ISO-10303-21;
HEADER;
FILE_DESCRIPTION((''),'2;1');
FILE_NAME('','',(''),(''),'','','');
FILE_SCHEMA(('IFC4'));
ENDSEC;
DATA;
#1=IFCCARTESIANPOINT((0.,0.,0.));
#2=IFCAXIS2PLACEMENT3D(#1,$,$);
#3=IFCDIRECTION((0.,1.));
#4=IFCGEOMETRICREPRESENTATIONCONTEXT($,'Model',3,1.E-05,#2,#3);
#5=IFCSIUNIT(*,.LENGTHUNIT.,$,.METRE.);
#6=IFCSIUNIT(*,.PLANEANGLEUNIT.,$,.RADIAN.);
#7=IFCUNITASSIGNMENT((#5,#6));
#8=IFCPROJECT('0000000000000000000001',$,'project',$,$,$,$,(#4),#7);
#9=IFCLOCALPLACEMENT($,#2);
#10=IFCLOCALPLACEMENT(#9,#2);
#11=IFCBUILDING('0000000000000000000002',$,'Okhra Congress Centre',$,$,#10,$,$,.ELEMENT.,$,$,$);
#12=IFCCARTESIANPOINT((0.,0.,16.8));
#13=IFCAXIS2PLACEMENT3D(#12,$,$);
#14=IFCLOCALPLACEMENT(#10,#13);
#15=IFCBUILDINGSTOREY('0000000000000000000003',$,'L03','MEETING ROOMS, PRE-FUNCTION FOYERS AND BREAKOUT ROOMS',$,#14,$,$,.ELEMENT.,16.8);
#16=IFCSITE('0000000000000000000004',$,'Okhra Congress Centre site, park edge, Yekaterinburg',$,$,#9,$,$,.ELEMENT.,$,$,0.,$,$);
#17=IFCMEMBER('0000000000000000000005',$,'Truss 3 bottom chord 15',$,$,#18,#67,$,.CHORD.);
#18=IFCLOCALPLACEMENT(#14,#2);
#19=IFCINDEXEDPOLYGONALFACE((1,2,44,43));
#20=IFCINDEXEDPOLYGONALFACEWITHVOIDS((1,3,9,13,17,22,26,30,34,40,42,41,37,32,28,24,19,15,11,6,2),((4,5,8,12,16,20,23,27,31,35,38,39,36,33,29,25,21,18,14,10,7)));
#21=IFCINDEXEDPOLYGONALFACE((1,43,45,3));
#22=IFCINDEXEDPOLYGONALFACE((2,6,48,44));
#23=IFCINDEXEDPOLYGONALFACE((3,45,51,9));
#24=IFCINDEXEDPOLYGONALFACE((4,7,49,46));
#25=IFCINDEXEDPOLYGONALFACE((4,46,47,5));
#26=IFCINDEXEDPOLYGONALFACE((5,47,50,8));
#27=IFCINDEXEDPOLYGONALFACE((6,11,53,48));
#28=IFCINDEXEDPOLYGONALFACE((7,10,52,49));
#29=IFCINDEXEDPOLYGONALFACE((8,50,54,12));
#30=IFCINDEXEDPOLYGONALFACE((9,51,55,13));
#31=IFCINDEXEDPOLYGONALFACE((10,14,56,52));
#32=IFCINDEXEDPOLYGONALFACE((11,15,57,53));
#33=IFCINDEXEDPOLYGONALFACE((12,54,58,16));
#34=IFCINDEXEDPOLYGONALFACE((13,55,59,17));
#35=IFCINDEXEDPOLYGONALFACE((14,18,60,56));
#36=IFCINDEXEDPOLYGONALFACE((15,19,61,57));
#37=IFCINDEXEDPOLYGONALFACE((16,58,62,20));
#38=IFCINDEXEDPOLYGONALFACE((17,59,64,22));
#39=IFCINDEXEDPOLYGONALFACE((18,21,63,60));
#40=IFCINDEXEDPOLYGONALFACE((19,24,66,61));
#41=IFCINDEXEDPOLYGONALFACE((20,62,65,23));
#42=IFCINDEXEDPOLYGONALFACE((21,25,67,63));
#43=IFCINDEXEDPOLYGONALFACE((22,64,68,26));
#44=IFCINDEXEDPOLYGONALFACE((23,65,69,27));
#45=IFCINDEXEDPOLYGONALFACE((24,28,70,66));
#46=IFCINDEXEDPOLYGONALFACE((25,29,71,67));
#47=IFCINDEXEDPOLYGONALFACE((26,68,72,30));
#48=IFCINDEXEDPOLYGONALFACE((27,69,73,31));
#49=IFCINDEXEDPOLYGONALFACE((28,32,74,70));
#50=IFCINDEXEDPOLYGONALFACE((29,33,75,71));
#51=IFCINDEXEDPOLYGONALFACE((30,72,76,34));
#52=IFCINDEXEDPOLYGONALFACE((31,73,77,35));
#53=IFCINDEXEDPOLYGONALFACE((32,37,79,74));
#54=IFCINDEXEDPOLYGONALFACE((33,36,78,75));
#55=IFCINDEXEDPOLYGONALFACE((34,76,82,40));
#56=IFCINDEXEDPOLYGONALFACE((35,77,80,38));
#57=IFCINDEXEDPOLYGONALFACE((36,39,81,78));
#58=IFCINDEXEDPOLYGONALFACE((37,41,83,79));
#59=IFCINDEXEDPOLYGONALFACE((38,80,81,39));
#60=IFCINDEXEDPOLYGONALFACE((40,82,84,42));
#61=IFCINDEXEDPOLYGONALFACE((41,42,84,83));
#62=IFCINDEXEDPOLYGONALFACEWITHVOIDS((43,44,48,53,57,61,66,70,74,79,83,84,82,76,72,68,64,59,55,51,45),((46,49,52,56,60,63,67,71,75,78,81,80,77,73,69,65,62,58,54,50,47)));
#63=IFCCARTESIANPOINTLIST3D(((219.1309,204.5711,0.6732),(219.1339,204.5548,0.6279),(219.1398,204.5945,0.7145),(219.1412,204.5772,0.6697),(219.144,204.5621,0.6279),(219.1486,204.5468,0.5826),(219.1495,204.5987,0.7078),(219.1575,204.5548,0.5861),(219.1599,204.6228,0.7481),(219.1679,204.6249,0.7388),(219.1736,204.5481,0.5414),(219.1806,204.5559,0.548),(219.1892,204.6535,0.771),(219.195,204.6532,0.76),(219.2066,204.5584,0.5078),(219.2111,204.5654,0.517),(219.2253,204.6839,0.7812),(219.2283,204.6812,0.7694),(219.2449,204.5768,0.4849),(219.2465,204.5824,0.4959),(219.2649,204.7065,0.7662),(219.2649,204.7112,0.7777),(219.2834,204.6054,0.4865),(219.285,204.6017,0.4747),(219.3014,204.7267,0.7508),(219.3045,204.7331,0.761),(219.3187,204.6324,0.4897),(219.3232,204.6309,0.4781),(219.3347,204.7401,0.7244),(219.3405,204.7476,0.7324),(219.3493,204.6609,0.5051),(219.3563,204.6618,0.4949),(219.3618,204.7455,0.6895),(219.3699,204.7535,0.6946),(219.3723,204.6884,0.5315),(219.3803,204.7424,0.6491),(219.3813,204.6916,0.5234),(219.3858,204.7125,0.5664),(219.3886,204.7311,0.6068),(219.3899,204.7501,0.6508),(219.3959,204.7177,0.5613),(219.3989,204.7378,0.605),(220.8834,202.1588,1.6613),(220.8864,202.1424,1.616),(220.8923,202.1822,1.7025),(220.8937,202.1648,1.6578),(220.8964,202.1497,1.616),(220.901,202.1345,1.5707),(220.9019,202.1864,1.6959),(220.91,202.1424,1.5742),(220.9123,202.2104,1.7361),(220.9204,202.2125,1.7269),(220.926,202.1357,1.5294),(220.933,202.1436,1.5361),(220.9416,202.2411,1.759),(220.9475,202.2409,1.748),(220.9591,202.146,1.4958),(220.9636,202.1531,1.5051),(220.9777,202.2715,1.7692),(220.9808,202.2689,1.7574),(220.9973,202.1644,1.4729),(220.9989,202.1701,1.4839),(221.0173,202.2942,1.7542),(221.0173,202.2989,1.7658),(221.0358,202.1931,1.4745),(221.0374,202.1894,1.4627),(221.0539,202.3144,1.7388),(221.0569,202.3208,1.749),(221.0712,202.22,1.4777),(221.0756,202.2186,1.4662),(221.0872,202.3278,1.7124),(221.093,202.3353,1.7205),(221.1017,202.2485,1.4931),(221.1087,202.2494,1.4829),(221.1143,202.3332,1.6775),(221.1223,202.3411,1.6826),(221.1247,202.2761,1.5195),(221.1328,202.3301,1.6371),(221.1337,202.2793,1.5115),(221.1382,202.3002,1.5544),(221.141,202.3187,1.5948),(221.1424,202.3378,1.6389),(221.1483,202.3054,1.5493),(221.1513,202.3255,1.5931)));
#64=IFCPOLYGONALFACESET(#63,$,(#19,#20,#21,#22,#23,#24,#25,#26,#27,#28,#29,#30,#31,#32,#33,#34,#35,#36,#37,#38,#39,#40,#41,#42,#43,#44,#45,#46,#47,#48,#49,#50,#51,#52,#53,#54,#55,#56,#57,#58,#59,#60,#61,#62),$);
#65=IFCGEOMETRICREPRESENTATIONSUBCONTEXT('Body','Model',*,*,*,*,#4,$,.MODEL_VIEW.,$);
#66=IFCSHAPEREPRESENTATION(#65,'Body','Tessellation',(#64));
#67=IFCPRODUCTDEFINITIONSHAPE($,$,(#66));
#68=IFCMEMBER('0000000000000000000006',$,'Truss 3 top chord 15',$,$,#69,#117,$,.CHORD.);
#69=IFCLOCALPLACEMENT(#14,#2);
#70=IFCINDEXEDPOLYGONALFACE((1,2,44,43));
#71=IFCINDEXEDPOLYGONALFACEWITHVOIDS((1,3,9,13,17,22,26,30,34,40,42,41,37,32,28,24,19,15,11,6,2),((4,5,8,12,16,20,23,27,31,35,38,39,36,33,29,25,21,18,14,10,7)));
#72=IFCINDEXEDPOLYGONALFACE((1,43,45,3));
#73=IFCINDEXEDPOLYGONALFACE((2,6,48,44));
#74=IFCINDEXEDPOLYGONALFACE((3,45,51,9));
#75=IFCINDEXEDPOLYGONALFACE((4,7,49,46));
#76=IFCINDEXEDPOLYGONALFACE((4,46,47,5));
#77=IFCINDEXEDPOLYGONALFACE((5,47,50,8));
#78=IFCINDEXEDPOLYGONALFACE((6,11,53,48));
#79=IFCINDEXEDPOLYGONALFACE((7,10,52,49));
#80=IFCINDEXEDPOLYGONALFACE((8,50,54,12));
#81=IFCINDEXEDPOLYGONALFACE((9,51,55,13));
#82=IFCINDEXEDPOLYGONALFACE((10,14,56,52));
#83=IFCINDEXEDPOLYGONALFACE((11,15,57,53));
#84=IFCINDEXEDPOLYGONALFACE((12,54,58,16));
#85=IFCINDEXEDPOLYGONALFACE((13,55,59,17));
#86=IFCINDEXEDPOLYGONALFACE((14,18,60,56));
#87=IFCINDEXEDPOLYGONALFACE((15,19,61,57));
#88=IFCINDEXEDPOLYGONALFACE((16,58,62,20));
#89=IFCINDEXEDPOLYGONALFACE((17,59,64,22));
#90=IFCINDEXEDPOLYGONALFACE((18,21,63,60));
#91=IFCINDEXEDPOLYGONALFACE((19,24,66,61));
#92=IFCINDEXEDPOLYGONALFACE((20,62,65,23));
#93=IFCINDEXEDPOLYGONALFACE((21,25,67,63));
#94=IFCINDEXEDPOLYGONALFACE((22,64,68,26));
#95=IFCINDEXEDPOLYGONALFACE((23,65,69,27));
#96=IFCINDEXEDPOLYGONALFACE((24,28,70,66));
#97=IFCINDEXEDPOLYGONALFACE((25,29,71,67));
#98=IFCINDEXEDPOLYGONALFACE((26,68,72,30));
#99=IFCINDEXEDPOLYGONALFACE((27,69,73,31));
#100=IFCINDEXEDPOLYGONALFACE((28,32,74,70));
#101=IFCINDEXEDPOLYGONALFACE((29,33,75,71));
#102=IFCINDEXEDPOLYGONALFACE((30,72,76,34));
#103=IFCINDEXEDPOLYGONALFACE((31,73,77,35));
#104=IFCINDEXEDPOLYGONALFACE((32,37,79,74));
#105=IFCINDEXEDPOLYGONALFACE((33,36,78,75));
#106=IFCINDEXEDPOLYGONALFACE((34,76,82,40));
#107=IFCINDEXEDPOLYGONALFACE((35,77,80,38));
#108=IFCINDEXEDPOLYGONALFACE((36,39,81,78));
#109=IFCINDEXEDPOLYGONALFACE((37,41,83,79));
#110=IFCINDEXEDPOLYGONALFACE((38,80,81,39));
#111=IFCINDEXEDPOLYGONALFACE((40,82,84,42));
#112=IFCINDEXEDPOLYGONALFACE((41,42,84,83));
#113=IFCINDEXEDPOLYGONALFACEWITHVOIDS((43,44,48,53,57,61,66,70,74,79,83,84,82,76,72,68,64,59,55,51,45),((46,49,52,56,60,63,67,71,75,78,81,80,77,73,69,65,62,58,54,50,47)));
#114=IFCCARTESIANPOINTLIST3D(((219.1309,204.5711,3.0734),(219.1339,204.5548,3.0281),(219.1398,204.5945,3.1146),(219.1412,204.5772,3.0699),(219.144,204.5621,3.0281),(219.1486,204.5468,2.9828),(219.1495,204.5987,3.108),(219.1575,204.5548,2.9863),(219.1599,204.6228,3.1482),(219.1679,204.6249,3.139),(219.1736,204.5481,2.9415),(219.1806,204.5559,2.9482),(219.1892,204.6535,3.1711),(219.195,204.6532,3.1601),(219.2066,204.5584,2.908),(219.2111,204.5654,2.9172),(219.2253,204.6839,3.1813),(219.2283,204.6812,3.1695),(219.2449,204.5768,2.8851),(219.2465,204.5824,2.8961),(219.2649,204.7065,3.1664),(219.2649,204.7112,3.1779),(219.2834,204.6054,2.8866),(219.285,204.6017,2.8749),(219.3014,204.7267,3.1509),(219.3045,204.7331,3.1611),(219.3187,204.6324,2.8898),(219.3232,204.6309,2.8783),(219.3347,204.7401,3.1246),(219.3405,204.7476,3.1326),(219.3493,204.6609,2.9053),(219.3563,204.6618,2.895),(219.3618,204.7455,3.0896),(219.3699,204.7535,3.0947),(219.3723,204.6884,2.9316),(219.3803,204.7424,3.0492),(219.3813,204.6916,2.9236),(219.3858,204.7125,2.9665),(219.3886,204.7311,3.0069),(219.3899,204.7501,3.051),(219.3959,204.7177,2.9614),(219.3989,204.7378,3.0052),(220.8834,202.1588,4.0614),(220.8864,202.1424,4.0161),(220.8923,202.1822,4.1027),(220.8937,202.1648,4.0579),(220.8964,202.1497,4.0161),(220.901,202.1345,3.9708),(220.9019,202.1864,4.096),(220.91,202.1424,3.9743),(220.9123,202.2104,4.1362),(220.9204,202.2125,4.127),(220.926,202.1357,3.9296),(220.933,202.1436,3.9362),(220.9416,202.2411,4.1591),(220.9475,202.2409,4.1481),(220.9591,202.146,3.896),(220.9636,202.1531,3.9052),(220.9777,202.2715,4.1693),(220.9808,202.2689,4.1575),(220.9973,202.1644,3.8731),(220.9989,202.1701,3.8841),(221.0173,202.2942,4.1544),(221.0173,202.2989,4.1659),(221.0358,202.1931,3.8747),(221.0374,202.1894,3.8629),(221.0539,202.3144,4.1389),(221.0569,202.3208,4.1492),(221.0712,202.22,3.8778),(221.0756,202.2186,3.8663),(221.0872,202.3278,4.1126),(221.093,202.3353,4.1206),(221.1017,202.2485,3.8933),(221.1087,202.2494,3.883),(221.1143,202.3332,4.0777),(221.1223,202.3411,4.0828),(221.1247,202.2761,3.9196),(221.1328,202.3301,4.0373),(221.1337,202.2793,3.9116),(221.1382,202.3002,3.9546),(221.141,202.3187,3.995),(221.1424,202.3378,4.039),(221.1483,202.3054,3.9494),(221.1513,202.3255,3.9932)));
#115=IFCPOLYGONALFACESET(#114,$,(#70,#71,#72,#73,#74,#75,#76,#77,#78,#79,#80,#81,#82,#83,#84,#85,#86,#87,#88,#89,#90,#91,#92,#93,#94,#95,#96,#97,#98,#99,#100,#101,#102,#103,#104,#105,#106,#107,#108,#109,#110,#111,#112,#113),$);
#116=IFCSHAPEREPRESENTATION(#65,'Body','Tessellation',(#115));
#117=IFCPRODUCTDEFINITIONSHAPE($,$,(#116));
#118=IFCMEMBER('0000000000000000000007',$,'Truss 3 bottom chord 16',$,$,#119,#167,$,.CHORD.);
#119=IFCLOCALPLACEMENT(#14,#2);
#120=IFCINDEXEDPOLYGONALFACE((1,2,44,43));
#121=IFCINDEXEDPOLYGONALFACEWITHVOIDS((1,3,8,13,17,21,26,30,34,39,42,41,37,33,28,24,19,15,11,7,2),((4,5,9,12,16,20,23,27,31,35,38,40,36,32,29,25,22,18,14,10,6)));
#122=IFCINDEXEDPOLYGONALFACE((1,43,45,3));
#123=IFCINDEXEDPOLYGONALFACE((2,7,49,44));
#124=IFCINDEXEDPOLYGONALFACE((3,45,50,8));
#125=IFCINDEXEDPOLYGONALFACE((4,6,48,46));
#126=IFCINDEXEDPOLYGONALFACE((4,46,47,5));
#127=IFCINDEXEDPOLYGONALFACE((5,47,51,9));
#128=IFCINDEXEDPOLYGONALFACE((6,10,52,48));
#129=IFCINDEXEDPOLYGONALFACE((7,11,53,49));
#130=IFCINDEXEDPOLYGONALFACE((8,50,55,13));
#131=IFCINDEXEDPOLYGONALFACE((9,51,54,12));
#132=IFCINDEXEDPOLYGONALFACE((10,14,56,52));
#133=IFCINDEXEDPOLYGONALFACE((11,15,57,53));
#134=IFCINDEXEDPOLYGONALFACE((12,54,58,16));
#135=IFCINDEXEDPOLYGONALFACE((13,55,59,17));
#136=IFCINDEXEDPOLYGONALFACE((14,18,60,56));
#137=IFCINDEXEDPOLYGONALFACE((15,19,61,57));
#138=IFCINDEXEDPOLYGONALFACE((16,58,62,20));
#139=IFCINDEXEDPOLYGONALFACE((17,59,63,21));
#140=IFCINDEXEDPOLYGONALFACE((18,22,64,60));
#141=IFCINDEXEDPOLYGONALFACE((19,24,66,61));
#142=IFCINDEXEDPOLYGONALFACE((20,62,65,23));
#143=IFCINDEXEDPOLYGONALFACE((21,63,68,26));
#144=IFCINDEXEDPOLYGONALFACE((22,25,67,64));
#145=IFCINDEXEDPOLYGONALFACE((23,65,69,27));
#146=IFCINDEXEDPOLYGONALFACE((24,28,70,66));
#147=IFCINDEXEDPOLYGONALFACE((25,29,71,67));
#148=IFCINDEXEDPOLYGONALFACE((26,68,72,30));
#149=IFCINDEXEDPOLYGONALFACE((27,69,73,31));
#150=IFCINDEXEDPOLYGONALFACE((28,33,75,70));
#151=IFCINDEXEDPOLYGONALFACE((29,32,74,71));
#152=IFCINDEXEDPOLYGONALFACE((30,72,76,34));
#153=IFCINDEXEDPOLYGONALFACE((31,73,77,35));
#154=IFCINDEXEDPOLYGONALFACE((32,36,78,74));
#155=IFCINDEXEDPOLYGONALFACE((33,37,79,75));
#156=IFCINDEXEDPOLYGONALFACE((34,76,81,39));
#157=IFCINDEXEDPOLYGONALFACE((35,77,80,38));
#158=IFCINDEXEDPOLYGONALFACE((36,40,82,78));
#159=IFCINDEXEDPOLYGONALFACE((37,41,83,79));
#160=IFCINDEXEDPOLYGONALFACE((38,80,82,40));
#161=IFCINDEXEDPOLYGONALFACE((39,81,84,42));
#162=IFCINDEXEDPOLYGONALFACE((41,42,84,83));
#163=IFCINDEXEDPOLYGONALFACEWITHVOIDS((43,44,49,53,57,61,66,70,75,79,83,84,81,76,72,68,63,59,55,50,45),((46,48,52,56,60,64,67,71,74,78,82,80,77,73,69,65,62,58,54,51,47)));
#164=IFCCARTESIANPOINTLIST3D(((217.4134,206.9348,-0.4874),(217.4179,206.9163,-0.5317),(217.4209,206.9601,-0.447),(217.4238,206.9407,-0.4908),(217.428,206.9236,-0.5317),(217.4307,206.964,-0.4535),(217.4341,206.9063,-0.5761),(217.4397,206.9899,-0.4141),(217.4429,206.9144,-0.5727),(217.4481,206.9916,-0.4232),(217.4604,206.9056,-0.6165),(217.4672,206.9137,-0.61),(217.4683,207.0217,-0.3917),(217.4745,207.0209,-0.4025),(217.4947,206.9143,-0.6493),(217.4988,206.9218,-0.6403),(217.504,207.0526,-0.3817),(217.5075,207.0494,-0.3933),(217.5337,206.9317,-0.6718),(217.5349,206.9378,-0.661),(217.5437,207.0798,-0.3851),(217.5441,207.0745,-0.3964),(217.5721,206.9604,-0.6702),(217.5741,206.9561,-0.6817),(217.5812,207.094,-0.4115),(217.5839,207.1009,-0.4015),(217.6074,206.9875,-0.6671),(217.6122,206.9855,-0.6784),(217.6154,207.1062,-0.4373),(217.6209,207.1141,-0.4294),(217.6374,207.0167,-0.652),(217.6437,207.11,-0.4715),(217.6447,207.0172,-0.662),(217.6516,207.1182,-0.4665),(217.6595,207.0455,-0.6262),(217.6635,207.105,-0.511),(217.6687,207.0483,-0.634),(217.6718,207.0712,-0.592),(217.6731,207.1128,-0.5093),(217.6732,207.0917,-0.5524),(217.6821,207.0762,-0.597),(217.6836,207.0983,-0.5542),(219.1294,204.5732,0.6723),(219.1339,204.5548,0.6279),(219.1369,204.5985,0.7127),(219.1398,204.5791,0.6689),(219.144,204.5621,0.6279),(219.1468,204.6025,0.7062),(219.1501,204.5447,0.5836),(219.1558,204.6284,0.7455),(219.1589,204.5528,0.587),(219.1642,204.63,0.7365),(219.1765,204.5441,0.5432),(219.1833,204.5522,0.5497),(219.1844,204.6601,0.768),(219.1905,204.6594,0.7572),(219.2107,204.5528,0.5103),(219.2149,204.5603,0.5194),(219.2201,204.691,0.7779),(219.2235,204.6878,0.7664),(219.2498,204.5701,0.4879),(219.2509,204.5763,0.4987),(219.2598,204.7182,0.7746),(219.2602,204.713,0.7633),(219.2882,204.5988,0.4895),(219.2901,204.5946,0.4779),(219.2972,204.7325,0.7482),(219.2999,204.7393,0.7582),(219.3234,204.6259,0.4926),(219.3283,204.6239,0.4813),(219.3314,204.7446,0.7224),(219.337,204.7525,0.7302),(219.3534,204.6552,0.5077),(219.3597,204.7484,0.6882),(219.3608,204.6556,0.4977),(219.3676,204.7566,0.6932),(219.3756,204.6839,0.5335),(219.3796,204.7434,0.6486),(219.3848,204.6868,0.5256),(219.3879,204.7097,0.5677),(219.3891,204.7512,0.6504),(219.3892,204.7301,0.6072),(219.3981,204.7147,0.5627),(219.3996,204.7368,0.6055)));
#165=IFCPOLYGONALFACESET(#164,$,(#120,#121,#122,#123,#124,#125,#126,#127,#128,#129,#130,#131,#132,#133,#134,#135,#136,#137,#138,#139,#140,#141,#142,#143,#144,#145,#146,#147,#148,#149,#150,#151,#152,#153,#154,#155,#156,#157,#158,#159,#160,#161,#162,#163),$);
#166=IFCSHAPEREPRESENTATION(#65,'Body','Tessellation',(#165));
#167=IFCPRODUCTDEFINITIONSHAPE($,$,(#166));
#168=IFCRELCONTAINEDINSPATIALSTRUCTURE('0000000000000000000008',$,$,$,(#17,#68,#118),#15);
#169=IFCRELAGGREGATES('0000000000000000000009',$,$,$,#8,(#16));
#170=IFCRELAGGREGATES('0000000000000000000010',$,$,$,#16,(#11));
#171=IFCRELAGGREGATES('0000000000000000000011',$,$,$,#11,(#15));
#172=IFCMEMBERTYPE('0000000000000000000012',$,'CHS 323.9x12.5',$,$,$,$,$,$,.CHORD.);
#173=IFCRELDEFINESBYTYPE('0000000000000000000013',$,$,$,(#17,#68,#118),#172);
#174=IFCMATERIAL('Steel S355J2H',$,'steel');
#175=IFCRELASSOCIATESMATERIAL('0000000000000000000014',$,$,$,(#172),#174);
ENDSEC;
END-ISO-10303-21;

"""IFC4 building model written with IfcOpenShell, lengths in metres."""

from ifc_helpers import new_model, si_unit, direction, frame, origin, origin_2d, place, context, subcontext, project, spatial, hollow_circle, extrude, material, material_profile, profile_set, type_object, element, save


model = new_model("IFC4")

# Units and contexts
model_context = context("Model", 3, precision=1e-05, world=origin(), true_north=direction((0.0, 1.0)))
body_context = subcontext(model_context, "Body", "Model", "MODEL_VIEW")
ifc_project = project(units=[si_unit("LENGTHUNIT", "METRE"), si_unit("PLANEANGLEUNIT", "RADIAN")], contexts=[model_context])

# Site, building, storey
site_placement = place(None, origin())
site = spatial("IfcSite", under=ifc_project, at=site_placement, Name="Okhra Congress Centre site, park edge, Yekaterinburg", CompositionType="ELEMENT", RefElevation=0.0)
building_placement = place(site_placement, origin())
building = spatial("IfcBuilding", under=site, at=building_placement, Name="Okhra Congress Centre", CompositionType="ELEMENT")
storey_placement = place(building_placement, frame((0.0, 0.0, 16.8)))
storey = spatial("IfcBuildingStorey", under=building, at=storey_placement, Name="L03", Description="MEETING ROOMS, PRE-FUNCTION FOYERS AND BREAKOUT ROOMS", CompositionType="ELEMENT", Elevation=16.8)

# Members
ifc_material_1 = material(Name="Steel S355J2H", Category="steel")
ifc_material_profile_1 = material_profile(ifc_material_1, hollow_circle(Radius=0.1619, WallThickness=0.0125, at=origin_2d()), Name="CHS 323.9x12.5")
ifc_profile_set_1 = profile_set([ifc_material_profile_1], Name="Steel S355J2H")
member_type_1 = type_object("IfcMemberType", Name="CHS 323.9x12.5", PredefinedType="CHORD", material=ifc_profile_set_1)
for number, where, z_axis, x_axis, name in (
    (1, (221.0173, 202.2375, 1.616), (-0.557901, 0.767988, -0.314548), (-0.809055, -0.587733, 0.0), "Truss 3 bottom chord 15"),
    (2, (221.0173, 202.2375, 4.0161), (-0.557901, 0.767988, -0.314548), (-0.809055, -0.587733, 0.0), "Truss 3 top chord 15"),
    (3, (219.2649, 204.6499, 0.6279), (-0.54632, 0.751821, -0.369188), (-0.808971, -0.587848, 0.0), "Truss 3 bottom chord 16"),
):
    element("IfcMember", number, at=place(storey_placement, frame(where, z_axis=z_axis, x_axis=x_axis)), inside=storey, type_object=member_type_1, Name=name, PredefinedType="CHORD", context=body_context, shape_type="SweptSolid", body=[
        extrude(hollow_circle(Radius=0.1619, WallThickness=0.0125, at=origin_2d()), origin(), (0.0, 0.0, 1.0), 3.1411),
    ])

save(model, "model.ifc")
